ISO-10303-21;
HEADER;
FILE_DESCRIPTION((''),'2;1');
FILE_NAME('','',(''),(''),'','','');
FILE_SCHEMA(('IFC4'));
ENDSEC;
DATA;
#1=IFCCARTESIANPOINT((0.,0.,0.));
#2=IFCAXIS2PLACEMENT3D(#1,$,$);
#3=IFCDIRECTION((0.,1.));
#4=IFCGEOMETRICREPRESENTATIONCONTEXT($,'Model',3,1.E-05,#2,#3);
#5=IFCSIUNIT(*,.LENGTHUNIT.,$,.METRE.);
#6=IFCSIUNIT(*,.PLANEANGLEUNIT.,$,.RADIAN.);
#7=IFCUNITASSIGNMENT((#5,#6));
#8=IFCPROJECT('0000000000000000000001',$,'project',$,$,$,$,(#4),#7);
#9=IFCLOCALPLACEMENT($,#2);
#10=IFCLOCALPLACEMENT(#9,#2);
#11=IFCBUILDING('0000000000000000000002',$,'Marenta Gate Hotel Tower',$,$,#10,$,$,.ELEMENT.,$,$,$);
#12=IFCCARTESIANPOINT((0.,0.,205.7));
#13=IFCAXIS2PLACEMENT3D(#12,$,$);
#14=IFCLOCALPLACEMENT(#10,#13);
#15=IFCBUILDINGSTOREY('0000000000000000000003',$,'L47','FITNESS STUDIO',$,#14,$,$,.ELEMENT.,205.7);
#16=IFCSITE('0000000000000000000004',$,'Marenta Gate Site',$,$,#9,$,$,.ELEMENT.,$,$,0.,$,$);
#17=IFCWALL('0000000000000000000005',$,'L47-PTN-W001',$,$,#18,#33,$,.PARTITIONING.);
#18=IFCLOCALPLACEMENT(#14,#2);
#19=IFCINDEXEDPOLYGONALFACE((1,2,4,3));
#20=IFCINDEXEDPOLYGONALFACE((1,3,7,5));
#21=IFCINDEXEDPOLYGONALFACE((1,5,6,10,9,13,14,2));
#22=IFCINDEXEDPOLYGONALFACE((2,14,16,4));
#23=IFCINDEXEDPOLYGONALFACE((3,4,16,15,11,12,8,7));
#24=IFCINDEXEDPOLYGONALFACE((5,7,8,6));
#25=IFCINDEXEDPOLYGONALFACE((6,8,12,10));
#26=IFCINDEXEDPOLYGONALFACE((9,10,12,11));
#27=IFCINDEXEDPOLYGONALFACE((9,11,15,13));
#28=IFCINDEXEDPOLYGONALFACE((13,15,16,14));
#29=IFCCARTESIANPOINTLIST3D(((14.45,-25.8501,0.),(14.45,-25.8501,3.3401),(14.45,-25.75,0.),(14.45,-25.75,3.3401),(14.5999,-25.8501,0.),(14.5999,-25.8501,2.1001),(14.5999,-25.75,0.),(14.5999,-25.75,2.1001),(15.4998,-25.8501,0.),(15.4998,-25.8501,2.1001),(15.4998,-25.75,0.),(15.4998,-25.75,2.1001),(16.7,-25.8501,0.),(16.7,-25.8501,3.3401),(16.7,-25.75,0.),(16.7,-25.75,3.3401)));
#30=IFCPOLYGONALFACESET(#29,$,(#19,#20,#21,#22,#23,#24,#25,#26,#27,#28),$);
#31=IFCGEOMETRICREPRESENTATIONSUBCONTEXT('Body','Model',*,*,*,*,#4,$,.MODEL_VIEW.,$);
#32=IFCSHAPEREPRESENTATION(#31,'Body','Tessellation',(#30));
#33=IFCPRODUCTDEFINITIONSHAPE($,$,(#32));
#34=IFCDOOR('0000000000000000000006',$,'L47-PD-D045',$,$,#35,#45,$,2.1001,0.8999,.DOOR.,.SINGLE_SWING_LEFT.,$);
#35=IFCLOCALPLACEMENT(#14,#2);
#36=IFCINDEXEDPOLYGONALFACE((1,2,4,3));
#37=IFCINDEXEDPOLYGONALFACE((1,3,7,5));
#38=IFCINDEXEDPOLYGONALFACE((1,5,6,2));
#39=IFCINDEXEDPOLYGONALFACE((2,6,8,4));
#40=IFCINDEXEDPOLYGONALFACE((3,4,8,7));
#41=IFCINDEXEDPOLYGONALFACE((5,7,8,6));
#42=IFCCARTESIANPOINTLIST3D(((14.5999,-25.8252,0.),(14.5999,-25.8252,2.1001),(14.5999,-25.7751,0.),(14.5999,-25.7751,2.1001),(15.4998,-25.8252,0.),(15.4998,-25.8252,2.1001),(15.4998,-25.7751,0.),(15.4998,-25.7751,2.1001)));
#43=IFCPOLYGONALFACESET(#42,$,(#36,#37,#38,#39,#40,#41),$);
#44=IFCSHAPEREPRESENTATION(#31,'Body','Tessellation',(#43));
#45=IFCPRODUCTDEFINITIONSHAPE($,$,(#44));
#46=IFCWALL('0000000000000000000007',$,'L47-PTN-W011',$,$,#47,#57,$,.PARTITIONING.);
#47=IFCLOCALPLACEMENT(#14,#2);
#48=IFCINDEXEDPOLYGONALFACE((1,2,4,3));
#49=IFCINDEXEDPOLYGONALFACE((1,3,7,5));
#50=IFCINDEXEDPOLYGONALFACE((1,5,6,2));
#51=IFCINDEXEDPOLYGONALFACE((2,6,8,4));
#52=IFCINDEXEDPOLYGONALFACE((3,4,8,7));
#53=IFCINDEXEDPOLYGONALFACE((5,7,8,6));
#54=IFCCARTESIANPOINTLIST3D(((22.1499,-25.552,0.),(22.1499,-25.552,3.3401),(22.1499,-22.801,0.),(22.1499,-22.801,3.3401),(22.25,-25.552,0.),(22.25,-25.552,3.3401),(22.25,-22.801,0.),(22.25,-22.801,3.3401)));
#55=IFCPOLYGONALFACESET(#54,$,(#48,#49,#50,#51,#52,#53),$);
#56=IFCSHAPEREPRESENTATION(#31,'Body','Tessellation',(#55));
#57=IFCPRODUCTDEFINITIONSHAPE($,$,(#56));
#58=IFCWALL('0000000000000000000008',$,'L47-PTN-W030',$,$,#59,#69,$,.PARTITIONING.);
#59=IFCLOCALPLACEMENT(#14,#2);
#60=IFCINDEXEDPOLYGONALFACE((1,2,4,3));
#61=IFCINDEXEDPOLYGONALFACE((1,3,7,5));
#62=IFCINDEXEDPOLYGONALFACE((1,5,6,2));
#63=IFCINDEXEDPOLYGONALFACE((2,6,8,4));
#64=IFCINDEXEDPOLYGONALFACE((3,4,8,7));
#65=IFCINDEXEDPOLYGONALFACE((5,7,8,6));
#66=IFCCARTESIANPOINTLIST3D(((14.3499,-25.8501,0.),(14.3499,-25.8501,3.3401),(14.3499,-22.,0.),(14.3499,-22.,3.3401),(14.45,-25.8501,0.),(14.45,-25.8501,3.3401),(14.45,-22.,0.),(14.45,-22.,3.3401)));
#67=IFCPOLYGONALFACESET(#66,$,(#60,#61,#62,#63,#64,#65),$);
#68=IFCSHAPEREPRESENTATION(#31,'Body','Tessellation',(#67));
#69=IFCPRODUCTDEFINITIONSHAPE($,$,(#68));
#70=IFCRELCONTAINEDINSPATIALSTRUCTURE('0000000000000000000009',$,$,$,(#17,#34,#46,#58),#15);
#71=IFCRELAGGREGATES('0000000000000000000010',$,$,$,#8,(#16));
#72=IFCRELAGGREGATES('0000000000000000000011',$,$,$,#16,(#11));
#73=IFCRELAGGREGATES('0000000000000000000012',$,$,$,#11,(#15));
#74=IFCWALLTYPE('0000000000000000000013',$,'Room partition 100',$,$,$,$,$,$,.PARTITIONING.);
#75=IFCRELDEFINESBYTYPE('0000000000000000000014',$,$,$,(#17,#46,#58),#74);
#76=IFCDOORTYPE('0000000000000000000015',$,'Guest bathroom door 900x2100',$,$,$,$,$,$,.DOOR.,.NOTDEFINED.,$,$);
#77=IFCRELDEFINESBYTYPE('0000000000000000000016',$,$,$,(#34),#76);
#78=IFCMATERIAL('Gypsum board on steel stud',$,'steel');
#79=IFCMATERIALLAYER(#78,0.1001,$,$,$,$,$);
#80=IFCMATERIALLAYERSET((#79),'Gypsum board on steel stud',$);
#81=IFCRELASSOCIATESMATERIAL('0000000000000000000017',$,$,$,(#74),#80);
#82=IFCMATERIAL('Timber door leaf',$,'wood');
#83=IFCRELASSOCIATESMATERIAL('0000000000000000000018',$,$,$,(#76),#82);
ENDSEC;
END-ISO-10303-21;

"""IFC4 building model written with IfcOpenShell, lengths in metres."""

from ifc_helpers import new_model, si_unit, direction, frame, frame_2d, origin, place, context, subcontext, project, spatial, rectangle, extrude, material, layer, layer_set, type_object, element, fill, save


model = new_model("IFC4")

# Units and contexts
model_context = context("Model", 3, precision=1e-05, world=origin(), true_north=direction((0.0, 1.0)))
body_context = subcontext(model_context, "Body", "Model", "MODEL_VIEW")
ifc_project = project(units=[si_unit("LENGTHUNIT", "METRE"), si_unit("PLANEANGLEUNIT", "RADIAN")], contexts=[model_context])

# Site, building, storey
site_placement = place(None, origin())
site = spatial("IfcSite", under=ifc_project, at=site_placement, Name="Marenta Gate Site", CompositionType="ELEMENT", RefElevation=0.0)
building_placement = place(site_placement, origin())
building = spatial("IfcBuilding", under=site, at=building_placement, Name="Marenta Gate Hotel Tower", CompositionType="ELEMENT")
storey_placement = place(building_placement, frame((0.0, 0.0, 205.7)))
storey = spatial("IfcBuildingStorey", under=building, at=storey_placement, Name="L47", Description="FITNESS STUDIO", CompositionType="ELEMENT", Elevation=205.7)

# Wall, opening, door
ifc_material_1 = material(Name="Gypsum board on steel stud", Category="steel")
ifc_layer_1 = layer(ifc_material_1, 0.1001)
ifc_layer_set_1 = layer_set([ifc_layer_1], Name="Gypsum board on steel stud")
wall_type_1 = type_object("IfcWallType", Name="Room partition 100", PredefinedType="PARTITIONING", material=ifc_layer_set_1)
wall_1_placement = place(storey_placement, frame((14.45, -25.8, 0.0), z_axis=(0.0, 0.0, 1.0), x_axis=(1.0, 0.0, 0.0)))
wall_1 = element("IfcWall", 1, at=wall_1_placement, inside=storey, type_object=wall_type_1, Name="L47-PTN-W001", PredefinedType="PARTITIONING", context=body_context, shape_type="SweptSolid", body=[
    extrude(rectangle(XDim=2.25, YDim=0.1001, at=frame_2d((1.125, 0.0))), origin(), (0.0, 0.0, 1.0), 3.3401),
])
opening_1_placement = place(wall_1_placement, frame((0.1499, 0.0, 0.0)))
opening_1 = element("IfcOpeningElement", 2, at=opening_1_placement, cuts=wall_1, PredefinedType="OPENING", context=body_context, shape_type="SweptSolid", body=[
    extrude(rectangle(XDim=0.8999, YDim=2.1001, at=frame_2d((0.45, 1.05))), frame((0.0, 0.05, 0.0), z_axis=(0.0, -1.0, 0.0), x_axis=(1.0, 0.0, 0.0)), (0.0, 0.0, 1.0), 0.1001),
])
ifc_material_2 = material(Name="Timber door leaf", Category="wood")
door_type_1 = type_object("IfcDoorType", Name="Guest bathroom door 900x2100", OperationType="NOTDEFINED", PredefinedType="DOOR", material=ifc_material_2)
door_1_placement = place(opening_1_placement, origin())
door_1 = element("IfcDoor", 3, at=door_1_placement, inside=storey, type_object=door_type_1, Name="L47-PD-D045", OperationType="SINGLE_SWING_LEFT", OverallHeight=2.1001, OverallWidth=0.8999, PredefinedType="DOOR", context=body_context, shape_type="SweptSolid", body=[
    extrude(rectangle(XDim=0.8999, YDim=2.1001, at=frame_2d((0.45, 1.05))), frame((0.0, 0.0249, 0.0), z_axis=(0.0, -1.0, 0.0), x_axis=(1.0, 0.0, 0.0)), (0.0, 0.0, 1.0), 0.05),
])
fill(opening_1, door_1)

# Walls
wall_2_placement = place(storey_placement, frame((22.2, -25.552, 0.0), z_axis=(0.0, 0.0, 1.0), x_axis=(0.0, 1.0, 0.0)))
element("IfcWall", 4, at=wall_2_placement, inside=storey, type_object=wall_type_1, Name="L47-PTN-W011", PredefinedType="PARTITIONING", context=body_context, shape_type="SweptSolid", body=[
    extrude(rectangle(XDim=2.751, YDim=0.1001, at=frame_2d((1.3755, 0.0))), origin(), (0.0, 0.0, 1.0), 3.3401),
])
wall_3_placement = place(storey_placement, frame((14.3999, -25.8501, 0.0), z_axis=(0.0, 0.0, 1.0), x_axis=(0.0, 1.0, 0.0)))
element("IfcWall", 5, at=wall_3_placement, inside=storey, type_object=wall_type_1, Name="L47-PTN-W030", PredefinedType="PARTITIONING", context=body_context, shape_type="SweptSolid", body=[
    extrude(rectangle(XDim=3.8501, YDim=0.1001, at=frame_2d((1.925, 0.0))), origin(), (0.0, 0.0, 1.0), 3.3401),
])

save(model, "model.ifc")
